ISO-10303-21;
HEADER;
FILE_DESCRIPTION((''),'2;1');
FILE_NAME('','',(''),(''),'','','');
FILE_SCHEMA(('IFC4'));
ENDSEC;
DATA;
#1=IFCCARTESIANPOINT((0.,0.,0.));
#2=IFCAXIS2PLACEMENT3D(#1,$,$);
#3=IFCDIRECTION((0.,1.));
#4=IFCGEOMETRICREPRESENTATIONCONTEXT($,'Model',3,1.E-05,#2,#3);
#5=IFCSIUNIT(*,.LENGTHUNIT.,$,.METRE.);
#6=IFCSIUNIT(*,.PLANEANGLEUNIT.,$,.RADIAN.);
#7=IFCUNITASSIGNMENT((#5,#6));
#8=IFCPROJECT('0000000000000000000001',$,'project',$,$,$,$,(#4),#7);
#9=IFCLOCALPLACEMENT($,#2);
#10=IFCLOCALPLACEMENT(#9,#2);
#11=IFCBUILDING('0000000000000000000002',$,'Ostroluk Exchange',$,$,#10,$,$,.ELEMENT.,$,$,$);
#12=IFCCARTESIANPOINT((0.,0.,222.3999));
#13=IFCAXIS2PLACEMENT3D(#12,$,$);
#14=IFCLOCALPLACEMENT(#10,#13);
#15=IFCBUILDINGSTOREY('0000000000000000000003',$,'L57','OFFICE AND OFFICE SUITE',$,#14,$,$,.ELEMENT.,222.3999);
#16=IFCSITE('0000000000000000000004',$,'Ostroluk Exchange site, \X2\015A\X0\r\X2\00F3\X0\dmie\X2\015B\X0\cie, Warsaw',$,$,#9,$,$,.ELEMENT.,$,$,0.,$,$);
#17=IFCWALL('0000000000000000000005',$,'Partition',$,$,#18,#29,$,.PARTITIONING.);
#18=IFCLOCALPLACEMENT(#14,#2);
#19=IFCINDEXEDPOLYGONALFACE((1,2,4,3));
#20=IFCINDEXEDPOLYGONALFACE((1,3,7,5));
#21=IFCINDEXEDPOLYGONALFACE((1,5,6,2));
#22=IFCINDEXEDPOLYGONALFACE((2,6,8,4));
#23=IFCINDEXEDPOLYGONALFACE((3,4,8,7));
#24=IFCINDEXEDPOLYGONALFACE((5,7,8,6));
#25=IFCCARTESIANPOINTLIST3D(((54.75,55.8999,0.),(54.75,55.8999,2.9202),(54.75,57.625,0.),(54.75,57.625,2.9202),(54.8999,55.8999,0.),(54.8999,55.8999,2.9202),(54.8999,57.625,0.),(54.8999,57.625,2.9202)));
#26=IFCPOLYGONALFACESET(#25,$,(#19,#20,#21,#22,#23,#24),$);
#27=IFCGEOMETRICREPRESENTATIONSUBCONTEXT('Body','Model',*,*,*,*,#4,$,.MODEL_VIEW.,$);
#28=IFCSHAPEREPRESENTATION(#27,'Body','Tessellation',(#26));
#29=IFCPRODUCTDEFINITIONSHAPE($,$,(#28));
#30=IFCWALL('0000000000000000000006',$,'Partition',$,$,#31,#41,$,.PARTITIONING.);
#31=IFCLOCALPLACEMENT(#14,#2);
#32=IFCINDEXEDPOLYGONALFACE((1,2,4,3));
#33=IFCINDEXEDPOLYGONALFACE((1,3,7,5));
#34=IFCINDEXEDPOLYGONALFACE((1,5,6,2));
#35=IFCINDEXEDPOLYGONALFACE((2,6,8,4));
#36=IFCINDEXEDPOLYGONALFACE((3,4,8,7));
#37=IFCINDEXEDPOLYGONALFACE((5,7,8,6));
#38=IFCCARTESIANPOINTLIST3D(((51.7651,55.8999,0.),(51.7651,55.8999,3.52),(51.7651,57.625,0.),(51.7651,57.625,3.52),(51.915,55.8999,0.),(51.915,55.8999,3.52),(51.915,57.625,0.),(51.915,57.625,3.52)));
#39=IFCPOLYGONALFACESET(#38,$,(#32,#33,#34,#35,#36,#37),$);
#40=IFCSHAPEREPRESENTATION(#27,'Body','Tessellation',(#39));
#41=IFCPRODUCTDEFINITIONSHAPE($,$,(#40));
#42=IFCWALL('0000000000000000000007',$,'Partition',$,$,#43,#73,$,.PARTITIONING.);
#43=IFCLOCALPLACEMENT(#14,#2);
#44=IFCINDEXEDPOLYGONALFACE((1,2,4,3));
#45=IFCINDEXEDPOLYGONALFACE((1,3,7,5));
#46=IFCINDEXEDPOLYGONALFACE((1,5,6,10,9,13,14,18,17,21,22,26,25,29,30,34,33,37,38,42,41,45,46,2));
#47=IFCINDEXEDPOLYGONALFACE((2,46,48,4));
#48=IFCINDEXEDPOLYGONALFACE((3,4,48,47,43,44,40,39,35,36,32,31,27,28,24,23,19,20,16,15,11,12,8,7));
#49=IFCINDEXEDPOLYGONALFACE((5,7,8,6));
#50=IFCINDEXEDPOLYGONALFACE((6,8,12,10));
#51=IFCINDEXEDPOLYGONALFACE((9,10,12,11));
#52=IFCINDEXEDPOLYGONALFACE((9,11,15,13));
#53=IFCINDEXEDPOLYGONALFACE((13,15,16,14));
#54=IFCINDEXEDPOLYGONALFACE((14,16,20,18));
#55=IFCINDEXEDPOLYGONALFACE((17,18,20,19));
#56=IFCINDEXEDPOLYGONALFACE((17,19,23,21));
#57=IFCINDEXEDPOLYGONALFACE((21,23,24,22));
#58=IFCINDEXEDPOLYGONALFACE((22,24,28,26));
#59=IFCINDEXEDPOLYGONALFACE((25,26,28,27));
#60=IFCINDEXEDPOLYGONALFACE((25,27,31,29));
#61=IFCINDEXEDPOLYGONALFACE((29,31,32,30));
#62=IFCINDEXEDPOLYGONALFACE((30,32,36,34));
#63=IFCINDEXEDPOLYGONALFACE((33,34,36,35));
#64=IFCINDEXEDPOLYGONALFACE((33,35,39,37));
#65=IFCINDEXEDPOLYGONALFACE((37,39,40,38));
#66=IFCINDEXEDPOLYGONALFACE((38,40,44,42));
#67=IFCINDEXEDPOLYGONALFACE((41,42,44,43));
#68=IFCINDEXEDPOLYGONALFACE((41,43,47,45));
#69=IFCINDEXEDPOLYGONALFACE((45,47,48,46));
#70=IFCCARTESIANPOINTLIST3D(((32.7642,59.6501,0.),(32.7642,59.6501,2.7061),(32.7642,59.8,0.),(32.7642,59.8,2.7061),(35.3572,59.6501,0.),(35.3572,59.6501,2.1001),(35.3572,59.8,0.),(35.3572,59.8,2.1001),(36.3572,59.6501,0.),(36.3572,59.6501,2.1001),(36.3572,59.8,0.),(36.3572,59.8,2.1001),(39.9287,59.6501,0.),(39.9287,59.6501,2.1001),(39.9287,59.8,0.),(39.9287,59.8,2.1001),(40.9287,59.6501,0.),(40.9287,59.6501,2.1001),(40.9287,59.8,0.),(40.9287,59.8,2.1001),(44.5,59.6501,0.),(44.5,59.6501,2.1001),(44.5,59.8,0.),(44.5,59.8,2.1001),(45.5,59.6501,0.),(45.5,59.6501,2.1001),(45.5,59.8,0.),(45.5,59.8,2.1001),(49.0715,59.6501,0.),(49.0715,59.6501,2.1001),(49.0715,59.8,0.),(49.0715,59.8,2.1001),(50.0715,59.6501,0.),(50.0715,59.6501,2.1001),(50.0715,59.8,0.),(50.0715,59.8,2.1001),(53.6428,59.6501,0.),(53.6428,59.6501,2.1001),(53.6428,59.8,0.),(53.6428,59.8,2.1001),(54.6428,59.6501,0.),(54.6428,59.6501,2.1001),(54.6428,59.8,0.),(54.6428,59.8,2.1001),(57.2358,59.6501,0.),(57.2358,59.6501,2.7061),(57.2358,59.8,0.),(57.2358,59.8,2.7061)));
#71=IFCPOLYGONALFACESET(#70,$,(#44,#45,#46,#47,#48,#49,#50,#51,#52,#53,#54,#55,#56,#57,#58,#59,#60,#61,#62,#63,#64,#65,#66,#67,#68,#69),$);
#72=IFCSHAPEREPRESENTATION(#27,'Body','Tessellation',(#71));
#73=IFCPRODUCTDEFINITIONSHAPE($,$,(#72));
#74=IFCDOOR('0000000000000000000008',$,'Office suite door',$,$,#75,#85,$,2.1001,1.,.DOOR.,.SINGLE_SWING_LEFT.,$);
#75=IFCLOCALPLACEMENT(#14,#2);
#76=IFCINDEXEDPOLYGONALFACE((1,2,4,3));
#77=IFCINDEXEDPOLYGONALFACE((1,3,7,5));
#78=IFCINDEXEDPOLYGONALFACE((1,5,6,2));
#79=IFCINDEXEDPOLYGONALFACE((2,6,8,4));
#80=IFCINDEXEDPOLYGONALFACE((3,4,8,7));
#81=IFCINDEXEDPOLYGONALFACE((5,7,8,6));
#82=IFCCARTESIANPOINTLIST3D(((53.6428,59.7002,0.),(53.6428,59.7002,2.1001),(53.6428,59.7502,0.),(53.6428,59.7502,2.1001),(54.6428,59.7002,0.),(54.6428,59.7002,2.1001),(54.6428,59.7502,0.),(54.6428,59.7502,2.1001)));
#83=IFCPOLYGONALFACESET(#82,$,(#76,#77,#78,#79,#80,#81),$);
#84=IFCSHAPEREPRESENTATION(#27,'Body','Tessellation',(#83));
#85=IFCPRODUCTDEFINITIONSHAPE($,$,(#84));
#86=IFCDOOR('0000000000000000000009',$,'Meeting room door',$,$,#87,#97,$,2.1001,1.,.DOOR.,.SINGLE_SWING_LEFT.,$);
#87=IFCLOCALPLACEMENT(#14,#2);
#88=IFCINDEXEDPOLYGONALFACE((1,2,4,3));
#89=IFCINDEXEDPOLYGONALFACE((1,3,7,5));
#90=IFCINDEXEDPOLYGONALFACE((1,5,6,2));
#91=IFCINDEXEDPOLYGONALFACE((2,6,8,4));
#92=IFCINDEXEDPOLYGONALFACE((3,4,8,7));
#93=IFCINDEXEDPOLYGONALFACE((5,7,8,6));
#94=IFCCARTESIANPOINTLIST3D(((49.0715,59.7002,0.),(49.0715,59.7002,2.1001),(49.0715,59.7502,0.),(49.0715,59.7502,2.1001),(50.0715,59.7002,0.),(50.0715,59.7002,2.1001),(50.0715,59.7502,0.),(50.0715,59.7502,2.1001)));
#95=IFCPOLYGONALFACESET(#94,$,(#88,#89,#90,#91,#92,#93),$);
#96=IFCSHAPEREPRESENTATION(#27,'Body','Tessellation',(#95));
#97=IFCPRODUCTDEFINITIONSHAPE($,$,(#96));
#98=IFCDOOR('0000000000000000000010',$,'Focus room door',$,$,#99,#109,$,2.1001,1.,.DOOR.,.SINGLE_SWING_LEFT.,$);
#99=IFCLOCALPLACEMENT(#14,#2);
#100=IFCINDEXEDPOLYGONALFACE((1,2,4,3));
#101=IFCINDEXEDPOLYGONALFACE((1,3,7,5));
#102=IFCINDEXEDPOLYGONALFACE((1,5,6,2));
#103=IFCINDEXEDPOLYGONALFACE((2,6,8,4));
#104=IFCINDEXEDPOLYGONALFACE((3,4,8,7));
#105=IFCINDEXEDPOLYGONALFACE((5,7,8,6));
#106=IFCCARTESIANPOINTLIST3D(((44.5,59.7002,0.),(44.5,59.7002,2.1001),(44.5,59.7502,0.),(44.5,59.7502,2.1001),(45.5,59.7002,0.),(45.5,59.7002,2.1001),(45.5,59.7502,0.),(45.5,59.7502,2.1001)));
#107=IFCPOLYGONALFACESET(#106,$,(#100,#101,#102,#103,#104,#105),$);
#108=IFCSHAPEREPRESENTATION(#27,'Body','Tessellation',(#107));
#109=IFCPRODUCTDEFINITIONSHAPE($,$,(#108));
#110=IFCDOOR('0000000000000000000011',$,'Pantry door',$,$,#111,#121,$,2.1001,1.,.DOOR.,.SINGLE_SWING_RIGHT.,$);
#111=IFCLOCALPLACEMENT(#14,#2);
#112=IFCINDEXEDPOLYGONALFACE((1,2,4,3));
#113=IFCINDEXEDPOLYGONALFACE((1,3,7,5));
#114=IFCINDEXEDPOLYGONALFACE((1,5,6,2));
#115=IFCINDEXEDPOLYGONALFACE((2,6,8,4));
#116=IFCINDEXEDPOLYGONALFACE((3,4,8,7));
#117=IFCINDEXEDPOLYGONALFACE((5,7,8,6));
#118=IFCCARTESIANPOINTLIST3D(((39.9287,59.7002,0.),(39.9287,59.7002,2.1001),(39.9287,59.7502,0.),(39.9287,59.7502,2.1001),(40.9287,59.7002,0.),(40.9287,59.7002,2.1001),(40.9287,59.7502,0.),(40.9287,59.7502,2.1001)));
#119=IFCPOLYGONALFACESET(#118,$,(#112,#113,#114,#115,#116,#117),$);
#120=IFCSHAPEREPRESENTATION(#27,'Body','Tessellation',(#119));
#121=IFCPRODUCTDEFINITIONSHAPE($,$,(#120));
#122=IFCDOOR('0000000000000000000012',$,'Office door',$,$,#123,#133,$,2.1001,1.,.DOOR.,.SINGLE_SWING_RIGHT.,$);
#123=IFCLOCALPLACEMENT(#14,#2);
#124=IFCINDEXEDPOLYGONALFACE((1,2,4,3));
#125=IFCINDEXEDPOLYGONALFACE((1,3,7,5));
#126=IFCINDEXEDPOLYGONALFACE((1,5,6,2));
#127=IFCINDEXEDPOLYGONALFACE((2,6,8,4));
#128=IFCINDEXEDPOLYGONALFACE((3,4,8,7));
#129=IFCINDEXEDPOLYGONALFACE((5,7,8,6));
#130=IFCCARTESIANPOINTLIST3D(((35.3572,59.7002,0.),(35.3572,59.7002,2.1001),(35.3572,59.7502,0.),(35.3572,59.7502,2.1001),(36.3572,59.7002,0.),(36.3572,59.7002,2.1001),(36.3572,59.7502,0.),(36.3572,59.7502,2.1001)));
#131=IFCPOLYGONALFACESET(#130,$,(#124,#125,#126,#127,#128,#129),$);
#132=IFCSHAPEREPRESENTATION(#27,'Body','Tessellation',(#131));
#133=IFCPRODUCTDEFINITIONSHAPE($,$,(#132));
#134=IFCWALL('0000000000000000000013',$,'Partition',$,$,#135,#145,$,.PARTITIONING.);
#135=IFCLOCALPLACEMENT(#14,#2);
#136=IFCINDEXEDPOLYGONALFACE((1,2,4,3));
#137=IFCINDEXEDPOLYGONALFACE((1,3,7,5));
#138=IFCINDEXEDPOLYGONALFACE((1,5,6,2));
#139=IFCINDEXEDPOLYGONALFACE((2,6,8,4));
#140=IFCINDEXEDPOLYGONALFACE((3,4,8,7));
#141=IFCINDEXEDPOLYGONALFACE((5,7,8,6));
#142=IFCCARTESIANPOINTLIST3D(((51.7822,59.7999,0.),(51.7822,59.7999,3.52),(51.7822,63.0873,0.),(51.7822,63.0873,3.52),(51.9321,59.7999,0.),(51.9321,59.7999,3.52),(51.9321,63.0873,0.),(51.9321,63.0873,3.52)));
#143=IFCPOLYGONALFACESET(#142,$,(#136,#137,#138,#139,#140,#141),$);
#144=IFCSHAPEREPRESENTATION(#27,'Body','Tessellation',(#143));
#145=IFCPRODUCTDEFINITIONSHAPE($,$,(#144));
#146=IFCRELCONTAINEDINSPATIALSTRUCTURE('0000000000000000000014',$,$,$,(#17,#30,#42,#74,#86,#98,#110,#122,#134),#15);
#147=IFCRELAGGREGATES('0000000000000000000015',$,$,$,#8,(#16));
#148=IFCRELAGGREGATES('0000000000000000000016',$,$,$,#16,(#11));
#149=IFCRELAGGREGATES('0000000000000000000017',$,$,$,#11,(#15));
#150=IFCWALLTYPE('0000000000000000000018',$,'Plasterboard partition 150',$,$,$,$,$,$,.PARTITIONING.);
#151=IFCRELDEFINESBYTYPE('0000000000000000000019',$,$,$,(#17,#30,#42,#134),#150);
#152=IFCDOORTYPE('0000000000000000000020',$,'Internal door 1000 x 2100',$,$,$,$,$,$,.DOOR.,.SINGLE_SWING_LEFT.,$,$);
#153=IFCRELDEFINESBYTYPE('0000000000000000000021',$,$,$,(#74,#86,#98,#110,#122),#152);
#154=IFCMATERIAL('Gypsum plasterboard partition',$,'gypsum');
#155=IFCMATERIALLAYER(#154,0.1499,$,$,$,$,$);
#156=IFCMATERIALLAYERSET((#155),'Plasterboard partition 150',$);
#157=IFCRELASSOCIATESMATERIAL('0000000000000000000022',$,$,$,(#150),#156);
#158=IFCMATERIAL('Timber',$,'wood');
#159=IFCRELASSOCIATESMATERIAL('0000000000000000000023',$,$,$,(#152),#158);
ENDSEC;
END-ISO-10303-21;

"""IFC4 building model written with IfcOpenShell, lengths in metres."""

from ifc_helpers import new_model, si_unit, direction, frame, frame_2d, origin, place, context, subcontext, project, spatial, rectangle, extrude, material, layer, layer_set, type_object, element, fill, save


model = new_model("IFC4")

# Units and contexts
model_context = context("Model", 3, precision=1e-05, world=origin(), true_north=direction((0.0, 1.0)))
body_context = subcontext(model_context, "Body", "Model", "MODEL_VIEW")
ifc_project = project(units=[si_unit("LENGTHUNIT", "METRE"), si_unit("PLANEANGLEUNIT", "RADIAN")], contexts=[model_context])

# Site, building, storey
site_placement = place(None, origin())
site = spatial("IfcSite", under=ifc_project, at=site_placement, Name="Ostroluk Exchange site, Śródmieście, Warsaw", CompositionType="ELEMENT", RefElevation=0.0)
building_placement = place(site_placement, origin())
building = spatial("IfcBuilding", under=site, at=building_placement, Name="Ostroluk Exchange", CompositionType="ELEMENT")
storey_placement = place(building_placement, frame((0.0, 0.0, 222.3999)))
storey = spatial("IfcBuildingStorey", under=building, at=storey_placement, Name="L57", Description="OFFICE AND OFFICE SUITE", CompositionType="ELEMENT", Elevation=222.3999)

# Shared definitions
ifc_material_1 = material(Name="Gypsum plasterboard partition", Category="gypsum")
ifc_layer = layer(ifc_material_1, 0.1499)
ifc_layer_set = layer_set([ifc_layer], Name="Plasterboard partition 150")
wall_type = type_object("IfcWallType", Name="Plasterboard partition 150", PredefinedType="PARTITIONING", material=ifc_layer_set)
ifc_material_2 = material(Name="Timber", Category="wood")
door_type = type_object("IfcDoorType", Name="Internal door 1000 x 2100", OperationType="SINGLE_SWING_LEFT", PredefinedType="DOOR", material=ifc_material_2)

# Walls
wall_1_placement = place(storey_placement, frame((54.825, 55.8999, 0.0), z_axis=(0.0, 0.0, 1.0), x_axis=(0.0, 1.0, 0.0)))
element("IfcWall", 1, at=wall_1_placement, inside=storey, type_object=wall_type, Name="Partition", PredefinedType="PARTITIONING", context=body_context, shape_type="SweptSolid", body=[
    extrude(rectangle(XDim=1.7251, YDim=0.1499, at=frame_2d((0.8625, 0.0))), origin(), (0.0, 0.0, 1.0), 2.9202),
])
wall_2_placement = place(storey_placement, frame((51.8401, 55.8999, 0.0), z_axis=(0.0, 0.0, 1.0), x_axis=(0.0, 1.0, 0.0)))
element("IfcWall", 2, at=wall_2_placement, inside=storey, type_object=wall_type, Name="Partition", PredefinedType="PARTITIONING", context=body_context, shape_type="SweptSolid", body=[
    extrude(rectangle(XDim=1.7251, YDim=0.1499, at=frame_2d((0.8625, 0.0))), origin(), (0.0, 0.0, 1.0), 3.52),
])

# Wall, openings, doors
wall_3_placement = place(storey_placement, frame((57.2358, 59.7251, 0.0), z_axis=(0.0, 0.0, 1.0), x_axis=(-1.0, 0.0, 0.0)))
wall_3 = element("IfcWall", 3, at=wall_3_placement, inside=storey, type_object=wall_type, Name="Partition", PredefinedType="PARTITIONING", context=body_context, shape_type="SweptSolid", body=[
    extrude(rectangle(XDim=24.4717, YDim=0.1499, at=frame_2d((12.2358, 0.0))), origin(), (0.0, 0.0, 1.0), 2.7061),
])
opening_1_placement = place(wall_3_placement, frame((2.593, 0.0, 0.0)))
opening_1 = element("IfcOpeningElement", 4, at=opening_1_placement, cuts=wall_3, PredefinedType="OPENING", context=body_context, shape_type="SweptSolid", body=[
    extrude(rectangle(XDim=1.0, YDim=2.1001, at=frame_2d((0.5, 1.05))), frame((0.0, 0.085, 0.0), z_axis=(0.0, -1.0, 0.0), x_axis=(1.0, 0.0, 0.0)), (0.0, 0.0, 1.0), 0.1699),
])
opening_2_placement = place(wall_3_placement, frame((7.1643, 0.0, 0.0)))
opening_2 = element("IfcOpeningElement", 5, at=opening_2_placement, cuts=wall_3, PredefinedType="OPENING", context=body_context, shape_type="SweptSolid", body=[
    extrude(rectangle(XDim=1.0, YDim=2.1001, at=frame_2d((0.5, 1.05))), frame((0.0, 0.085, 0.0), z_axis=(0.0, -1.0, 0.0), x_axis=(1.0, 0.0, 0.0)), (0.0, 0.0, 1.0), 0.1699),
])
opening_3_placement = place(wall_3_placement, frame((11.7358, 0.0, 0.0)))
opening_3 = element("IfcOpeningElement", 6, at=opening_3_placement, cuts=wall_3, PredefinedType="OPENING", context=body_context, shape_type="SweptSolid", body=[
    extrude(rectangle(XDim=1.0, YDim=2.1001, at=frame_2d((0.5, 1.05))), frame((0.0, 0.085, 0.0), z_axis=(0.0, -1.0, 0.0), x_axis=(1.0, 0.0, 0.0)), (0.0, 0.0, 1.0), 0.1699),
])
opening_4_placement = place(wall_3_placement, frame((16.3071, 0.0, 0.0)))
opening_4 = element("IfcOpeningElement", 7, at=opening_4_placement, cuts=wall_3, PredefinedType="OPENING", context=body_context, shape_type="SweptSolid", body=[
    extrude(rectangle(XDim=1.0, YDim=2.1001, at=frame_2d((0.5, 1.05))), frame((0.0, 0.085, 0.0), z_axis=(0.0, -1.0, 0.0), x_axis=(1.0, 0.0, 0.0)), (0.0, 0.0, 1.0), 0.1699),
])
opening_5_placement = place(wall_3_placement, frame((20.8787, 0.0, 0.0)))
opening_5 = element("IfcOpeningElement", 8, at=opening_5_placement, cuts=wall_3, PredefinedType="OPENING", context=body_context, shape_type="SweptSolid", body=[
    extrude(rectangle(XDim=1.0, YDim=2.1001, at=frame_2d((0.5, 1.05))), frame((0.0, 0.085, 0.0), z_axis=(0.0, -1.0, 0.0), x_axis=(1.0, 0.0, 0.0)), (0.0, 0.0, 1.0), 0.1699),
])
door_1_placement = place(opening_1_placement, origin())
door_1 = element("IfcDoor", 9, at=door_1_placement, inside=storey, type_object=door_type, Name="Office suite door", OperationType="SINGLE_SWING_LEFT", OverallHeight=2.1001, OverallWidth=1.0, PredefinedType="DOOR", context=body_context, shape_type="SweptSolid", body=[
    extrude(rectangle(XDim=1.0, YDim=2.1001, at=frame_2d((0.5, 1.05))), frame((0.0, 0.0249, 0.0), z_axis=(0.0, -1.0, 0.0), x_axis=(1.0, 0.0, 0.0)), (0.0, 0.0, 1.0), 0.05),
])
fill(opening_1, door_1)
door_2_placement = place(opening_2_placement, origin())
door_2 = element("IfcDoor", 10, at=door_2_placement, inside=storey, type_object=door_type, Name="Meeting room door", OperationType="SINGLE_SWING_LEFT", OverallHeight=2.1001, OverallWidth=1.0, PredefinedType="DOOR", context=body_context, shape_type="SweptSolid", body=[
    extrude(rectangle(XDim=1.0, YDim=2.1001, at=frame_2d((0.5, 1.05))), frame((0.0, 0.0249, 0.0), z_axis=(0.0, -1.0, 0.0), x_axis=(1.0, 0.0, 0.0)), (0.0, 0.0, 1.0), 0.05),
])
fill(opening_2, door_2)
door_3_placement = place(opening_3_placement, origin())
door_3 = element("IfcDoor", 11, at=door_3_placement, inside=storey, type_object=door_type, Name="Focus room door", OperationType="SINGLE_SWING_LEFT", OverallHeight=2.1001, OverallWidth=1.0, PredefinedType="DOOR", context=body_context, shape_type="SweptSolid", body=[
    extrude(rectangle(XDim=1.0, YDim=2.1001, at=frame_2d((0.5, 1.05))), frame((0.0, 0.0249, 0.0), z_axis=(0.0, -1.0, 0.0), x_axis=(1.0, 0.0, 0.0)), (0.0, 0.0, 1.0), 0.05),
])
fill(opening_3, door_3)
door_4_placement = place(opening_4_placement, origin())
door_4 = element("IfcDoor", 12, at=door_4_placement, inside=storey, type_object=door_type, Name="Pantry door", OperationType="SINGLE_SWING_RIGHT", OverallHeight=2.1001, OverallWidth=1.0, PredefinedType="DOOR", context=body_context, shape_type="SweptSolid", body=[
    extrude(rectangle(XDim=1.0, YDim=2.1001, at=frame_2d((0.5, 1.05))), frame((0.0, 0.0249, 0.0), z_axis=(0.0, -1.0, 0.0), x_axis=(1.0, 0.0, 0.0)), (0.0, 0.0, 1.0), 0.05),
])
fill(opening_4, door_4)
door_5_placement = place(opening_5_placement, origin())
door_5 = element("IfcDoor", 13, at=door_5_placement, inside=storey, type_object=door_type, Name="Office door", OperationType="SINGLE_SWING_RIGHT", OverallHeight=2.1001, OverallWidth=1.0, PredefinedType="DOOR", context=body_context, shape_type="SweptSolid", body=[
    extrude(rectangle(XDim=1.0, YDim=2.1001, at=frame_2d((0.5, 1.05))), frame((0.0, 0.0249, 0.0), z_axis=(0.0, -1.0, 0.0), x_axis=(1.0, 0.0, 0.0)), (0.0, 0.0, 1.0), 0.05),
])
fill(opening_5, door_5)

# Wall
wall_4_placement = place(storey_placement, frame((51.8572, 59.8, 0.0), z_axis=(0.0, 0.0, 1.0), x_axis=(0.0, 1.0, 0.0)))
element("IfcWall", 14, at=wall_4_placement, inside=storey, type_object=wall_type, Name="Partition", PredefinedType="PARTITIONING", context=body_context, shape_type="SweptSolid", body=[
    extrude(rectangle(XDim=3.2874, YDim=0.1499, at=frame_2d((1.6436, 0.0))), origin(), (0.0, 0.0, 1.0), 3.52),
])

save(model, "model.ifc")
